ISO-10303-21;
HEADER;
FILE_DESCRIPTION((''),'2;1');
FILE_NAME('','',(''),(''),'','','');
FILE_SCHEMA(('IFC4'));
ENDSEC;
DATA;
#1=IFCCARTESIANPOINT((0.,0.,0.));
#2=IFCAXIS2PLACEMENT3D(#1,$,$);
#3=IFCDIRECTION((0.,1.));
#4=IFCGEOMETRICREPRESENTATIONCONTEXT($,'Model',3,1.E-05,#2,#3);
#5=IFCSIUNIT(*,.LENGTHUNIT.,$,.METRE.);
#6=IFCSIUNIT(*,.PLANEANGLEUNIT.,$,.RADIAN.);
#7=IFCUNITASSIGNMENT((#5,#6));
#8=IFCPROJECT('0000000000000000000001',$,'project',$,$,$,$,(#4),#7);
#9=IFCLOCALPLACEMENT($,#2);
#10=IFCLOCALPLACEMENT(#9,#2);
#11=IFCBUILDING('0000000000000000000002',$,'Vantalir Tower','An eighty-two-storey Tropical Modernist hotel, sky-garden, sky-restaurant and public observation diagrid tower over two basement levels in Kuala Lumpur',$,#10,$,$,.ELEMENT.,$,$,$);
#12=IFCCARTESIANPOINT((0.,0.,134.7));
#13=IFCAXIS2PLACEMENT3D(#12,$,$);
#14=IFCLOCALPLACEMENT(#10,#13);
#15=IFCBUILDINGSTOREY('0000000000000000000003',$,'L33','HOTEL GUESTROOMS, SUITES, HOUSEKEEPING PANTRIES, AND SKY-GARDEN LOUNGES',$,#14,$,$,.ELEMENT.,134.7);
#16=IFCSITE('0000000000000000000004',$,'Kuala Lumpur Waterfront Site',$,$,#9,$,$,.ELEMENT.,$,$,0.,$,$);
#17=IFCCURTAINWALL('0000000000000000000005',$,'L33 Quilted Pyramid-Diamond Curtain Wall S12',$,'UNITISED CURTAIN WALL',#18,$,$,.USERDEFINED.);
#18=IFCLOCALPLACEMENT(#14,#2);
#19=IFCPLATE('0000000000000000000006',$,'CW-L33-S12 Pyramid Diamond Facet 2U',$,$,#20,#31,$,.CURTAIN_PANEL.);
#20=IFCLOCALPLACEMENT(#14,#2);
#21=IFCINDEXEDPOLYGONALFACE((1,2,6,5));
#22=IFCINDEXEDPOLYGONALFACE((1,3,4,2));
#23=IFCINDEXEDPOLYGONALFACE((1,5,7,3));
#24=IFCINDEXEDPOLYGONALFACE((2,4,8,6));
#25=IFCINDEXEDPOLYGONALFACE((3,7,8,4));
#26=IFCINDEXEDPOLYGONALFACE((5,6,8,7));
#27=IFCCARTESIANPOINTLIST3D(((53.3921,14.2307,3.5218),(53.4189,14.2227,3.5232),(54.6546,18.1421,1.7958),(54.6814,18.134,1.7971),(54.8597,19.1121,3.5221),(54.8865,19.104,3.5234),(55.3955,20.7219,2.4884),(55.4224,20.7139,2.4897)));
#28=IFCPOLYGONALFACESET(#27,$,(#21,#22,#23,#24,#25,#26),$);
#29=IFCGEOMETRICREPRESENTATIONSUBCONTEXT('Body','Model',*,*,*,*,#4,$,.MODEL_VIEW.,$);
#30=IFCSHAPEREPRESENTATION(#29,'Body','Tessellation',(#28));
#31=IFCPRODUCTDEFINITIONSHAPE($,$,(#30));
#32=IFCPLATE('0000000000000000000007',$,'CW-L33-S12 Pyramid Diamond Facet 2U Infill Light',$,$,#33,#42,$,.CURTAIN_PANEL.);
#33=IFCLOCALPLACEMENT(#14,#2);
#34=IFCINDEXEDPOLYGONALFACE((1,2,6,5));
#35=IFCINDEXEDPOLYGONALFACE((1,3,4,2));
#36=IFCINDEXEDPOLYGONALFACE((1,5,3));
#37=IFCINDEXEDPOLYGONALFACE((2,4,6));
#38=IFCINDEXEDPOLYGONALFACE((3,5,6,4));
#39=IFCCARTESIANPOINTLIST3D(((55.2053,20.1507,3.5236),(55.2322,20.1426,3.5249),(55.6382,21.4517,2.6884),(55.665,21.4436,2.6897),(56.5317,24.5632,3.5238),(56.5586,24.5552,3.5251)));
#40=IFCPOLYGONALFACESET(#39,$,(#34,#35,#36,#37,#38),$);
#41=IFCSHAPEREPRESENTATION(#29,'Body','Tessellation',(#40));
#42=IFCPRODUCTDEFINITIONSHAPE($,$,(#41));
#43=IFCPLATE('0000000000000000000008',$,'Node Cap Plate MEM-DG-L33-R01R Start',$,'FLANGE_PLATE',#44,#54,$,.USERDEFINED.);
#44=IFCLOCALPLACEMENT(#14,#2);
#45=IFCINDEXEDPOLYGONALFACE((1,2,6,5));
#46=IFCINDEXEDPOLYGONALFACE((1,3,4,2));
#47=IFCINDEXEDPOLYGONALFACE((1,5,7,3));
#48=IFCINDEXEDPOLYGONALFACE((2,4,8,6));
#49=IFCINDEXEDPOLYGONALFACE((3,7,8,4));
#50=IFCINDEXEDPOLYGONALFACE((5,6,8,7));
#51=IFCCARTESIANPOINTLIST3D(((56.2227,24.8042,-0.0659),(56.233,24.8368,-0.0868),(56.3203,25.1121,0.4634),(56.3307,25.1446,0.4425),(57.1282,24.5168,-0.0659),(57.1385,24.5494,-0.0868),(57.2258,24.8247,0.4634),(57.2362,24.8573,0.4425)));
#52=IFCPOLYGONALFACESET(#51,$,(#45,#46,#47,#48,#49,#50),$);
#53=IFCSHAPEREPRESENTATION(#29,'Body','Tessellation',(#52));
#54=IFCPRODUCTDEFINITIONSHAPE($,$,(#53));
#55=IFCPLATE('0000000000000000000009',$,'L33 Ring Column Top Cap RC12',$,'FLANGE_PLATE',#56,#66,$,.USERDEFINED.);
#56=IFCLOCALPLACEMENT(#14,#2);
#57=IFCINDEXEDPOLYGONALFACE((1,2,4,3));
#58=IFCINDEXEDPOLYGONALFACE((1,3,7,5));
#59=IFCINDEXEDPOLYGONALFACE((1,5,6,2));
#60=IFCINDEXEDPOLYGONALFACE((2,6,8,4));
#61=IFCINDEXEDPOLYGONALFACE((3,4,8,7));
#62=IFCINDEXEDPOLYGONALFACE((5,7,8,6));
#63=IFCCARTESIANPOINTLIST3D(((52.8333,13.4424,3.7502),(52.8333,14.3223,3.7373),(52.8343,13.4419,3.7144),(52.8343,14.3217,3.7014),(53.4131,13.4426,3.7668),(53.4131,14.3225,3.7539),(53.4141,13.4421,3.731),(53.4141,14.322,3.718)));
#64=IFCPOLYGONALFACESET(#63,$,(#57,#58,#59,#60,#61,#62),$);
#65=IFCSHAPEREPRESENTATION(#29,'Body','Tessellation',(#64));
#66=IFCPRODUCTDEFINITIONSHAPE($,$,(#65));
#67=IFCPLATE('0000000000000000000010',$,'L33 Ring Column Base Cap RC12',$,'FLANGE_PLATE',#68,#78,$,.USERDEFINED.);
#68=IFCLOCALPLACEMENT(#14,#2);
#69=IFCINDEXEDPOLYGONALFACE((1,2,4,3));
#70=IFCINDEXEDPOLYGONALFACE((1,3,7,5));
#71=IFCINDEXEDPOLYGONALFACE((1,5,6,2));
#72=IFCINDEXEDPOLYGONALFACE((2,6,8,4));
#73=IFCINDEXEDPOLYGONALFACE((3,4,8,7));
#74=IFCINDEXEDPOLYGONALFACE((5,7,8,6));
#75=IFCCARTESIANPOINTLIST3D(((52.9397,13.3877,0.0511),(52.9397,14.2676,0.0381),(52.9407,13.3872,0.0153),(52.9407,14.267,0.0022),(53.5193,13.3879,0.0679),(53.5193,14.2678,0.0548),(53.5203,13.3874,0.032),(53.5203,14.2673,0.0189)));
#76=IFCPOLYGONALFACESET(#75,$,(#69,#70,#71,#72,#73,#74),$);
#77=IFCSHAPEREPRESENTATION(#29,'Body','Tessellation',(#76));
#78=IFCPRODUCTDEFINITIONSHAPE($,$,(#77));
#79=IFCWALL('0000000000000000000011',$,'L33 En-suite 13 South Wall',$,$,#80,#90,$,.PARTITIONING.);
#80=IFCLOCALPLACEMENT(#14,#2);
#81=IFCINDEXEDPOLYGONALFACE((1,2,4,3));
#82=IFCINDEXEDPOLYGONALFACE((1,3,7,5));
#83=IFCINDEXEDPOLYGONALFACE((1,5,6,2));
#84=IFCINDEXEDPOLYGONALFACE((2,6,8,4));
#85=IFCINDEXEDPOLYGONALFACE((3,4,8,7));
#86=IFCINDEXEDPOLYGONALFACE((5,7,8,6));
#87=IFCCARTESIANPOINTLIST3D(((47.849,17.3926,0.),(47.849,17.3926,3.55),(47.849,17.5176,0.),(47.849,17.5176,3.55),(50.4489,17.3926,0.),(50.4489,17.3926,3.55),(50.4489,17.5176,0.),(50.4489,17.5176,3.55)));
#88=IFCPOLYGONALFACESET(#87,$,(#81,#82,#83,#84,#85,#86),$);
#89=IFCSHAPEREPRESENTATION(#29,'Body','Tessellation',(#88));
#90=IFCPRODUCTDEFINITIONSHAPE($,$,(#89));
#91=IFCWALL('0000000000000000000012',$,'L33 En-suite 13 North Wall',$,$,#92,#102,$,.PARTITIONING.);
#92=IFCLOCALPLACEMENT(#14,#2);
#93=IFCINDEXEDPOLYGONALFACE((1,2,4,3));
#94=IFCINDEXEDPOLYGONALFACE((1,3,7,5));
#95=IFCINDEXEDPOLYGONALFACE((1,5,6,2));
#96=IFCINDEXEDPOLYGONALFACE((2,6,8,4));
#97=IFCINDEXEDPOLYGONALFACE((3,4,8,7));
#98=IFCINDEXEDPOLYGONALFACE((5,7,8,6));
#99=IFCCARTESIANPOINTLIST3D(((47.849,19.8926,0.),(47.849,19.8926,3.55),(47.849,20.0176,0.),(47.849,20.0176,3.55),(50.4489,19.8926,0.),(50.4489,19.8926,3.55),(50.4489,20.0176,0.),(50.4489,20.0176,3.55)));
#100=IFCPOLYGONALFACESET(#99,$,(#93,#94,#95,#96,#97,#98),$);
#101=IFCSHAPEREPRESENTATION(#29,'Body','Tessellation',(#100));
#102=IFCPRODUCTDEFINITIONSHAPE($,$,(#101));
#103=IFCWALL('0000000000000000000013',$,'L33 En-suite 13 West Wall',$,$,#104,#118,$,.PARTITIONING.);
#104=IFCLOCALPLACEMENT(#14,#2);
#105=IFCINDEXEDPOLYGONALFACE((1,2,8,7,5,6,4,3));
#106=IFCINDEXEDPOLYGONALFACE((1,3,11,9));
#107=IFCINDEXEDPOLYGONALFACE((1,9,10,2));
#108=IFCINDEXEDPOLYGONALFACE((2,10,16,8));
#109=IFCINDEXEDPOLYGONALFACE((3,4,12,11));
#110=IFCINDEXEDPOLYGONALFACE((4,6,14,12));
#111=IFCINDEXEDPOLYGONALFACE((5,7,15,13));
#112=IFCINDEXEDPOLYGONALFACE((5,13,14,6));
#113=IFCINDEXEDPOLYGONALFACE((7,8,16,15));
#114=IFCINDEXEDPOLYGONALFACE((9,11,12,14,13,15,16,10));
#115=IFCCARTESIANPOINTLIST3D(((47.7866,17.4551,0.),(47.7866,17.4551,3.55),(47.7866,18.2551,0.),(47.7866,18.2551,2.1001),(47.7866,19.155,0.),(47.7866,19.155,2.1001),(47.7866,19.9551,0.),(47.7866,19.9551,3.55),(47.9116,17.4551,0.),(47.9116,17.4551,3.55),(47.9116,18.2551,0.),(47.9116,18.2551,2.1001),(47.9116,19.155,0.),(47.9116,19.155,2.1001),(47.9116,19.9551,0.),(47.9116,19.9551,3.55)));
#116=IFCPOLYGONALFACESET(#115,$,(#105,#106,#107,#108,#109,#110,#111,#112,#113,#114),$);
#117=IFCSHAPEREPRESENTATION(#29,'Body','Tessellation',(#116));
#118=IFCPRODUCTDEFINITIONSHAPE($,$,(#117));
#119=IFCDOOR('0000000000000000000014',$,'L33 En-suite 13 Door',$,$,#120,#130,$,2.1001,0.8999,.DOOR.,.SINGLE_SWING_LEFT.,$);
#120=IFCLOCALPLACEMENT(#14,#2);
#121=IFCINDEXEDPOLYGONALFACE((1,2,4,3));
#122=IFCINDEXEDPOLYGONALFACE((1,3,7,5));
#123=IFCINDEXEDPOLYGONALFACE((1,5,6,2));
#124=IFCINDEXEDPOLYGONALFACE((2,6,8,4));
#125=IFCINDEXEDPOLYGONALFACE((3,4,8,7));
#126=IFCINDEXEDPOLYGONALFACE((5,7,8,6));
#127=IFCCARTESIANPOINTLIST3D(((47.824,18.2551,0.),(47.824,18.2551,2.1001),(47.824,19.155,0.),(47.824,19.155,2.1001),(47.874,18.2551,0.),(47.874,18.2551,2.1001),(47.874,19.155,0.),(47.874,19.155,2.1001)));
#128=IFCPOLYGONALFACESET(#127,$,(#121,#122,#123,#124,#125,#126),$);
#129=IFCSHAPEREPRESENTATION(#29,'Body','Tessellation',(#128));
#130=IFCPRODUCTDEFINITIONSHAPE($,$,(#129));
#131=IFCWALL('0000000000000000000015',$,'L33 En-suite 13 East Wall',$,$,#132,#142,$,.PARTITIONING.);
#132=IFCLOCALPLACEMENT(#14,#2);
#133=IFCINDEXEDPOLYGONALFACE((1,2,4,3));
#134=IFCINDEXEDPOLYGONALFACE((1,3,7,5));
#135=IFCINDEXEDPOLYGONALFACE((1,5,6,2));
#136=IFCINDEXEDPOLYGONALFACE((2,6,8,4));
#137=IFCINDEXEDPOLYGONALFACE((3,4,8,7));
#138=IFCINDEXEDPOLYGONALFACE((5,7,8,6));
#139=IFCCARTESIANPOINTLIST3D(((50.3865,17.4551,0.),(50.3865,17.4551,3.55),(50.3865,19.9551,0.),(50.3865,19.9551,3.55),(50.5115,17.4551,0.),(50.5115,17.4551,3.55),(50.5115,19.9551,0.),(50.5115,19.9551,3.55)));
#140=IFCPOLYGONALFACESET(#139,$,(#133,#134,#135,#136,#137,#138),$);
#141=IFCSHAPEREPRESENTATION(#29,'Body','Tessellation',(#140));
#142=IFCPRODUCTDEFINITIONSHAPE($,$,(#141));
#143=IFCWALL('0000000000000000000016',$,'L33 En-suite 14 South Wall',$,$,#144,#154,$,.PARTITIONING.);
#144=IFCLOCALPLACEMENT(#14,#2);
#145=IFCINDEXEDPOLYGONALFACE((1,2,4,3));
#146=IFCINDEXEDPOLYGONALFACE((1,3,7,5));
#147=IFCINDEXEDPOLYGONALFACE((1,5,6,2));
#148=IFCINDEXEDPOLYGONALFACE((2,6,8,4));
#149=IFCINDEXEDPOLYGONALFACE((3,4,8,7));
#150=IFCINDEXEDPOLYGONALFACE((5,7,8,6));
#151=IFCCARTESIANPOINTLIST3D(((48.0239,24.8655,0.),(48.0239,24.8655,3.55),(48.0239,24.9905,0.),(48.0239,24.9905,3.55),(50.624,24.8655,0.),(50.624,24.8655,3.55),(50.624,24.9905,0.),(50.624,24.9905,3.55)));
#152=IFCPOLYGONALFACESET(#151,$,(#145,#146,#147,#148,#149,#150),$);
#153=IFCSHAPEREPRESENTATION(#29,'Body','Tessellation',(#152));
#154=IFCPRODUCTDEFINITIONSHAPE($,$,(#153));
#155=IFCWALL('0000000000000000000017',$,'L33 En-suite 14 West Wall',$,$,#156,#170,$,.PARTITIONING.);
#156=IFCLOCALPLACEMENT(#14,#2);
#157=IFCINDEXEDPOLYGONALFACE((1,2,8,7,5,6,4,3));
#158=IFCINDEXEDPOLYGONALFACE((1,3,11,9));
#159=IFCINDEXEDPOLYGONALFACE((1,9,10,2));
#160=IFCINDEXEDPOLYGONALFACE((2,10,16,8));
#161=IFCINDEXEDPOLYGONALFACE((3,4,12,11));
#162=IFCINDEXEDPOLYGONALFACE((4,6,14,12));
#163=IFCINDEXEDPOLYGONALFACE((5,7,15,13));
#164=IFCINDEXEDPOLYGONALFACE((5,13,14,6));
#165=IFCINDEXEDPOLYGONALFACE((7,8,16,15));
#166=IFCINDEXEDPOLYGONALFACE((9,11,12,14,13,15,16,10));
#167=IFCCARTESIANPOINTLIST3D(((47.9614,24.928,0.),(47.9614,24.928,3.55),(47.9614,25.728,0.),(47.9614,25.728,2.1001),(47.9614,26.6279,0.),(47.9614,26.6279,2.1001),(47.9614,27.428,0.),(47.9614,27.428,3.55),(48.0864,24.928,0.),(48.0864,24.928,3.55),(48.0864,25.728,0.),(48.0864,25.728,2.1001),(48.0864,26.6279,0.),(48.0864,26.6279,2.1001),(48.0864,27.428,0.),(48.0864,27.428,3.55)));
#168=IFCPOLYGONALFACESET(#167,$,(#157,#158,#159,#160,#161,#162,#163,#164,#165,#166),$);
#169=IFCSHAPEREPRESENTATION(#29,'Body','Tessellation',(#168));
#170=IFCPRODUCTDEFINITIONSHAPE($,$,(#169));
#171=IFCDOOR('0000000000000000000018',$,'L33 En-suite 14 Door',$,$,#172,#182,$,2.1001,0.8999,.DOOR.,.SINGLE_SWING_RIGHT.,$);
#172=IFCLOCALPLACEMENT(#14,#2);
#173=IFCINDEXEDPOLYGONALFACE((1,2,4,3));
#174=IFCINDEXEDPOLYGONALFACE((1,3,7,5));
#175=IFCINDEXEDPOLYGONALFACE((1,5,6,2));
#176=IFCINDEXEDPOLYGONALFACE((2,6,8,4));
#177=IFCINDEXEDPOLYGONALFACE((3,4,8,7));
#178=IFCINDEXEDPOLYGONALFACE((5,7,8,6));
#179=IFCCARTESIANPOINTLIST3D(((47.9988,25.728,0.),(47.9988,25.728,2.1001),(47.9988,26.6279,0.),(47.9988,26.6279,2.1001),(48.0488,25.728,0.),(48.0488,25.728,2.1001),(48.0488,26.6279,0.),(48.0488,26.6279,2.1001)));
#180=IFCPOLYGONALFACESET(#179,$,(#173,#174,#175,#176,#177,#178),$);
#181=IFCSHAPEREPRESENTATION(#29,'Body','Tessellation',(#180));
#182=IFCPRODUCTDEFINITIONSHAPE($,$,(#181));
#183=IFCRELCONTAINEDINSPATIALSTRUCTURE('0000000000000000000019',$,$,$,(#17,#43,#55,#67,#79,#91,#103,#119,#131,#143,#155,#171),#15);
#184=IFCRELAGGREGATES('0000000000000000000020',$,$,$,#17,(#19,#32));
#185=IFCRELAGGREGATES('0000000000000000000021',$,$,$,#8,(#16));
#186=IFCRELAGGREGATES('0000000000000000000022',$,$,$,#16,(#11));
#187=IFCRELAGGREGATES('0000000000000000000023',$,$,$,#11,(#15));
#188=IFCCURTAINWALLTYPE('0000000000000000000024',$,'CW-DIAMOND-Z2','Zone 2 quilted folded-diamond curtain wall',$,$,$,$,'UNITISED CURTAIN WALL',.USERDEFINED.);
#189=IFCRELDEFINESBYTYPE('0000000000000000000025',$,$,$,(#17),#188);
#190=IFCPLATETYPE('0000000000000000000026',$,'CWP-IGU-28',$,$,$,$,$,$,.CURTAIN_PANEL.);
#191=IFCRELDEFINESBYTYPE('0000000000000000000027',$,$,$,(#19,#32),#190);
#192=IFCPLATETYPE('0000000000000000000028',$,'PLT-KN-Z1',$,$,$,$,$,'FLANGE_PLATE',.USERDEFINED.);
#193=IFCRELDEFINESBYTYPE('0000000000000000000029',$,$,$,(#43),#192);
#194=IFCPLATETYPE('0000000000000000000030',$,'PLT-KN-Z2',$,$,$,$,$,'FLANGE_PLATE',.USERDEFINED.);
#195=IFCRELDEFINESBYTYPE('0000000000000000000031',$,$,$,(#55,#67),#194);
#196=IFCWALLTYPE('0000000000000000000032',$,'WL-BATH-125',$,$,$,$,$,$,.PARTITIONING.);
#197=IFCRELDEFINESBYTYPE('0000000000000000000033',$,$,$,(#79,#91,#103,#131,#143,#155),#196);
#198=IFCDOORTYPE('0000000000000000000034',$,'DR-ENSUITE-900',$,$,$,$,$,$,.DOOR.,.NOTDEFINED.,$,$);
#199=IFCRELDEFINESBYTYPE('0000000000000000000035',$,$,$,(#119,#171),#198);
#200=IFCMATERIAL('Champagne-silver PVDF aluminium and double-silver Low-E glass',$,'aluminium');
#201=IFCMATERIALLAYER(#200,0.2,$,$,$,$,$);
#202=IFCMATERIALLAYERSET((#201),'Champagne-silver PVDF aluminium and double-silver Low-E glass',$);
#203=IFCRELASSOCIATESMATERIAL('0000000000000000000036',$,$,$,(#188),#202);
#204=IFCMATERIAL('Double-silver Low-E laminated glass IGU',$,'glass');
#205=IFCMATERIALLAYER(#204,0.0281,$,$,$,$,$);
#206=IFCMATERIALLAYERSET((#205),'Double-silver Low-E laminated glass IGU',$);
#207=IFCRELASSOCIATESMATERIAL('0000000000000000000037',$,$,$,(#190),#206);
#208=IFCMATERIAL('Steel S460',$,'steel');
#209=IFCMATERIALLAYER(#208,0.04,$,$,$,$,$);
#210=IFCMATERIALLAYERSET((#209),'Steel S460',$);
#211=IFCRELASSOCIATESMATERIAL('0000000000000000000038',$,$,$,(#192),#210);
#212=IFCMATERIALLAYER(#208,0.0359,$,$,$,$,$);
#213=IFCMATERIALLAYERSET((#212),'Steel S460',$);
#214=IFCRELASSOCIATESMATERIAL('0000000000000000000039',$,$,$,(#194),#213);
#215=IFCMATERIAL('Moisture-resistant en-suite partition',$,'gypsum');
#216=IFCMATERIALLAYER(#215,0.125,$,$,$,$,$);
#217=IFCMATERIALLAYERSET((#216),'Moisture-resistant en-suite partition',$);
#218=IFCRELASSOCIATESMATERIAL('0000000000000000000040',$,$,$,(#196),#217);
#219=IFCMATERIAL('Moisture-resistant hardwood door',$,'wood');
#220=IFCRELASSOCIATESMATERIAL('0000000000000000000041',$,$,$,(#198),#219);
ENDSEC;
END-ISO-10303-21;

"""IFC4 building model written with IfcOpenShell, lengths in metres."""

from ifc_helpers import new_model, si_unit, direction, frame, frame_2d, origin, place, context, subcontext, project, spatial, polyline, rectangle, outline, extrude, material, layer, layer_set, type_object, element, fill, aggregate, save


model = new_model("IFC4")

# Units and contexts
model_context = context("Model", 3, precision=1e-05, world=origin(), true_north=direction((0.0, 1.0)))
body_context = subcontext(model_context, "Body", "Model", "MODEL_VIEW")
ifc_project = project(units=[si_unit("LENGTHUNIT", "METRE"), si_unit("PLANEANGLEUNIT", "RADIAN")], contexts=[model_context])

# Site, building, storey
site_placement = place(None, origin())
site = spatial("IfcSite", under=ifc_project, at=site_placement, Name="Kuala Lumpur Waterfront Site", CompositionType="ELEMENT", RefElevation=0.0)
building_placement = place(site_placement, origin())
building = spatial("IfcBuilding", under=site, at=building_placement, Name="Vantalir Tower", Description="An eighty-two-storey Tropical Modernist hotel, sky-garden, sky-restaurant and public observation diagrid tower over two basement levels in Kuala Lumpur", CompositionType="ELEMENT")
storey_placement = place(building_placement, frame((0.0, 0.0, 134.7)))
storey = spatial("IfcBuildingStorey", under=building, at=storey_placement, Name="L33", Description="HOTEL GUESTROOMS, SUITES, HOUSEKEEPING PANTRIES, AND SKY-GARDEN LOUNGES", CompositionType="ELEMENT", Elevation=134.7)

# Curtain wall
ifc_material_1 = material(Name="Champagne-silver PVDF aluminium and double-silver Low-E glass", Category="aluminium")
ifc_layer_1 = layer(ifc_material_1, 0.2)
ifc_layer_set_1 = layer_set([ifc_layer_1], Name="Champagne-silver PVDF aluminium and double-silver Low-E glass")
curtain_wall_type = type_object("IfcCurtainWallType", Name="CW-DIAMOND-Z2", Description="Zone 2 quilted folded-diamond curtain wall", ElementType="UNITISED CURTAIN WALL", PredefinedType="USERDEFINED", material=ifc_layer_set_1)
curtain_wall_placement = place(storey_placement, origin())
curtain_wall = element("IfcCurtainWall", 1, at=curtain_wall_placement, inside=storey, type_object=curtain_wall_type, Name="L33 Quilted Pyramid-Diamond Curtain Wall S12", ObjectType="UNITISED CURTAIN WALL", PredefinedType="USERDEFINED")

# Shared definitions
ifc_material_2 = material(Name="Steel S460", Category="steel")

# Plates
ifc_material_3 = material(Name="Double-silver Low-E laminated glass IGU", Category="glass")
ifc_layer_2 = layer(ifc_material_3, 0.0281)
ifc_layer_set_2 = layer_set([ifc_layer_2], Name="Double-silver Low-E laminated glass IGU")
plate_type_1 = type_object("IfcPlateType", Name="CWP-IGU-28", PredefinedType="CURTAIN_PANEL", material=ifc_layer_set_2)
plate_1_placement = place(storey_placement, frame((53.4189, 14.2227, 3.5232), z_axis=(0.956552, -0.287591, 0.047956), x_axis=(0.28792, 0.957654, 0.000048)))
plate_1 = element("IfcPlate", 2, at=plate_1_placement, type_object=plate_type_1, Name="CW-L33-S12 Pyramid Diamond Facet 2U", PredefinedType="CURTAIN_PANEL", context=body_context, shape_type="SweptSolid", body=[
    extrude(outline(polyline([(0.0, 0.0), (5.0972, 0.0), (6.7931, -1.035), (4.1091, -1.7283), (0.0, 0.0)])), origin(), (0.0, 0.0, -1.0), 0.0281),
])
plate_2_placement = place(storey_placement, frame((55.2322, 20.1426, 3.5249), z_axis=(0.956571, -0.287546, 0.047843), x_axis=(0.287873, 0.957669, 0.000053)))
plate_2 = element("IfcPlate", 3, at=plate_2_placement, type_object=plate_type_1, Name="CW-L33-S12 Pyramid Diamond Facet 2U Infill Light", PredefinedType="CURTAIN_PANEL", context=body_context, shape_type="SweptSolid", body=[
    extrude(outline(polyline([(0.0, 0.0), (4.6076, 0.0), (1.3705, -0.8362), (0.0, 0.0)])), origin(), (0.0, 0.0, -1.0), 0.0281),
])
aggregate(curtain_wall, [plate_1, plate_2])

# Plates
ifc_layer_3 = layer(ifc_material_2, 0.04)
ifc_layer_set_3 = layer_set([ifc_layer_3], Name="Steel S460")
plate_type_2 = type_object("IfcPlateType", Name="PLT-KN-Z1", ElementType="FLANGE_PLATE", PredefinedType="USERDEFINED", material=ifc_layer_set_3)
plate_3_placement = place(storey_placement, frame((56.2227, 24.8042, -0.0659), z_axis=(-0.258198, -0.813641, 0.520886), x_axis=(0.953158, -0.302472, 0.0)))
element("IfcPlate", 4, at=plate_3_placement, inside=storey, type_object=plate_type_2, Name="Node Cap Plate MEM-DG-L33-R01R Start", ObjectType="FLANGE_PLATE", PredefinedType="USERDEFINED", context=body_context, shape_type="SweptSolid", body=[
    extrude(outline(polyline([(0.0, 0.0), (0.95, 0.0), (0.95, 0.6201), (0.0, 0.6201), (0.0, 0.0)])), origin(), (0.0, 0.0, -1.0), 0.04),
])
ifc_layer_4 = layer(ifc_material_2, 0.0359)
ifc_layer_set_4 = layer_set([ifc_layer_4], Name="Steel S460")
plate_type_3 = type_object("IfcPlateType", Name="PLT-KN-Z2", ElementType="FLANGE_PLATE", PredefinedType="USERDEFINED", material=ifc_layer_set_4)
plate_4_placement = place(storey_placement, frame((52.8333, 14.3223, 3.7373), z_axis=(-0.028623, 0.014698, 0.999482), x_axis=(0.0, -0.999892, 0.014704)))
element("IfcPlate", 5, at=plate_4_placement, inside=storey, type_object=plate_type_3, Name="L33 Ring Column Top Cap RC12", ObjectType="FLANGE_PLATE", PredefinedType="USERDEFINED", context=body_context, shape_type="SweptSolid", body=[
    extrude(outline(polyline([(0.0, 0.0), (0.88, 0.0), (0.88, 0.5801), (0.0, 0.5801), (0.0, 0.0)])), origin(), (0.0, 0.0, -1.0), 0.0359),
])
plate_5_placement = place(storey_placement, frame((52.9397, 14.2676, 0.0381), z_axis=(-0.028845, 0.014837, 0.999474), x_axis=(0.000004, -0.99989, 0.014843)))
element("IfcPlate", 6, at=plate_5_placement, inside=storey, type_object=plate_type_3, Name="L33 Ring Column Base Cap RC12", ObjectType="FLANGE_PLATE", PredefinedType="USERDEFINED", context=body_context, shape_type="SweptSolid", body=[
    extrude(outline(polyline([(0.0, 0.0), (0.88, 0.0), (0.88, 0.5798), (0.0, 0.5798), (0.0, 0.0)])), origin(), (0.0, 0.0, -1.0), 0.0359),
])

# Walls
ifc_material_4 = material(Name="Moisture-resistant en-suite partition", Category="gypsum")
ifc_layer_5 = layer(ifc_material_4, 0.125)
ifc_layer_set_5 = layer_set([ifc_layer_5], Name="Moisture-resistant en-suite partition")
wall_type_1 = type_object("IfcWallType", Name="WL-BATH-125", PredefinedType="PARTITIONING", material=ifc_layer_set_5)
for number, where, z_axis, x_axis, name in (
    (7, (47.8491, 17.4551, 0.0), (0.0, 0.0, 1.0), (1.0, 0.0, 0.0), "L33 En-suite 13 South Wall"),
    (8, (47.8491, 19.9551, 0.0), (0.0, 0.0, 1.0), (1.0, 0.0, 0.0), "L33 En-suite 13 North Wall"),
):
    element("IfcWall", number, at=place(storey_placement, frame(where, z_axis=z_axis, x_axis=x_axis)), inside=storey, type_object=wall_type_1, Name=name, PredefinedType="PARTITIONING", context=body_context, shape_type="SweptSolid", body=[
        extrude(rectangle(XDim=2.5999, YDim=0.125, at=frame_2d((1.2998, 0.0))), origin(), (0.0, 0.0, 1.0), 3.55),
    ])

# Wall, opening, door
wall_1_placement = place(storey_placement, frame((47.8491, 17.4551, 0.0), z_axis=(0.0, 0.0, 1.0), x_axis=(0.0, 1.0, 0.0)))
wall_1 = element("IfcWall", 9, at=wall_1_placement, inside=storey, type_object=wall_type_1, Name="L33 En-suite 13 West Wall", PredefinedType="PARTITIONING", context=body_context, shape_type="SweptSolid", body=[
    extrude(rectangle(XDim=2.5, YDim=0.125, at=frame_2d((1.25, 0.0))), origin(), (0.0, 0.0, 1.0), 3.55),
])
opening_1_placement = place(wall_1_placement, frame((0.8, 0.0, 0.0)))
opening_1 = element("IfcOpeningElement", 10, at=opening_1_placement, cuts=wall_1, PredefinedType="OPENING", context=body_context, shape_type="SweptSolid", body=[
    extrude(rectangle(XDim=0.8999, YDim=2.1001, at=frame_2d((0.45, 1.05))), frame((0.0, 0.0725, 0.0), z_axis=(0.0, -1.0, 0.0), x_axis=(1.0, 0.0, 0.0)), (0.0, 0.0, 1.0), 0.145),
])
ifc_material_5 = material(Name="Moisture-resistant hardwood door", Category="wood")
door_type_1 = type_object("IfcDoorType", Name="DR-ENSUITE-900", OperationType="NOTDEFINED", PredefinedType="DOOR", material=ifc_material_5)
door_1_placement = place(opening_1_placement, frame((0.8999, 0.0, 0.0), z_axis=(0.0, 0.0, 1.0), x_axis=(-1.0, 0.0, 0.0)))
door_1 = element("IfcDoor", 11, at=door_1_placement, inside=storey, type_object=door_type_1, Name="L33 En-suite 13 Door", OperationType="SINGLE_SWING_LEFT", OverallHeight=2.1001, OverallWidth=0.8999, PredefinedType="DOOR", context=body_context, shape_type="SweptSolid", body=[
    extrude(rectangle(XDim=0.8999, YDim=2.1001, at=frame_2d((0.45, 1.05))), frame((0.0, 0.0249, 0.0), z_axis=(0.0, -1.0, 0.0), x_axis=(1.0, 0.0, 0.0)), (0.0, 0.0, 1.0), 0.05),
])
fill(opening_1, door_1)

# Walls
wall_2_placement = place(storey_placement, frame((50.449, 17.4551, 0.0), z_axis=(0.0, 0.0, 1.0), x_axis=(0.0, 1.0, 0.0)))
element("IfcWall", 12, at=wall_2_placement, inside=storey, type_object=wall_type_1, Name="L33 En-suite 13 East Wall", PredefinedType="PARTITIONING", context=body_context, shape_type="SweptSolid", body=[
    extrude(rectangle(XDim=2.5, YDim=0.125, at=frame_2d((1.25, 0.0))), origin(), (0.0, 0.0, 1.0), 3.55),
])
wall_3_placement = place(storey_placement, frame((48.0239, 24.928, 0.0), z_axis=(0.0, 0.0, 1.0), x_axis=(1.0, 0.0, 0.0)))
element("IfcWall", 13, at=wall_3_placement, inside=storey, type_object=wall_type_1, Name="L33 En-suite 14 South Wall", PredefinedType="PARTITIONING", context=body_context, shape_type="SweptSolid", body=[
    extrude(rectangle(XDim=2.6001, YDim=0.125, at=frame_2d((1.3, 0.0))), origin(), (0.0, 0.0, 1.0), 3.55),
])

# Wall, opening, door
wall_4_placement = place(storey_placement, frame((48.0239, 24.928, 0.0), z_axis=(0.0, 0.0, 1.0), x_axis=(0.0, 1.0, 0.0)))
wall_4 = element("IfcWall", 14, at=wall_4_placement, inside=storey, type_object=wall_type_1, Name="L33 En-suite 14 West Wall", PredefinedType="PARTITIONING", context=body_context, shape_type="SweptSolid", body=[
    extrude(rectangle(XDim=2.5, YDim=0.125, at=frame_2d((1.25, 0.0))), origin(), (0.0, 0.0, 1.0), 3.55),
])
opening_2_placement = place(wall_4_placement, frame((0.8, 0.0, 0.0)))
opening_2 = element("IfcOpeningElement", 15, at=opening_2_placement, cuts=wall_4, PredefinedType="OPENING", context=body_context, shape_type="SweptSolid", body=[
    extrude(rectangle(XDim=0.8999, YDim=2.1001, at=frame_2d((0.45, 1.05))), frame((0.0, 0.0725, 0.0), z_axis=(0.0, -1.0, 0.0), x_axis=(1.0, 0.0, 0.0)), (0.0, 0.0, 1.0), 0.145),
])
door_2_placement = place(opening_2_placement, frame((0.8999, 0.0, 0.0), z_axis=(0.0, 0.0, 1.0), x_axis=(-1.0, 0.0, 0.0)))
door_2 = element("IfcDoor", 16, at=door_2_placement, inside=storey, type_object=door_type_1, Name="L33 En-suite 14 Door", OperationType="SINGLE_SWING_RIGHT", OverallHeight=2.1001, OverallWidth=0.8999, PredefinedType="DOOR", context=body_context, shape_type="SweptSolid", body=[
    extrude(rectangle(XDim=0.8999, YDim=2.1001, at=frame_2d((0.45, 1.05))), frame((0.0, 0.0249, 0.0), z_axis=(0.0, -1.0, 0.0), x_axis=(1.0, 0.0, 0.0)), (0.0, 0.0, 1.0), 0.05),
])
fill(opening_2, door_2)

save(model, "model.ifc")
